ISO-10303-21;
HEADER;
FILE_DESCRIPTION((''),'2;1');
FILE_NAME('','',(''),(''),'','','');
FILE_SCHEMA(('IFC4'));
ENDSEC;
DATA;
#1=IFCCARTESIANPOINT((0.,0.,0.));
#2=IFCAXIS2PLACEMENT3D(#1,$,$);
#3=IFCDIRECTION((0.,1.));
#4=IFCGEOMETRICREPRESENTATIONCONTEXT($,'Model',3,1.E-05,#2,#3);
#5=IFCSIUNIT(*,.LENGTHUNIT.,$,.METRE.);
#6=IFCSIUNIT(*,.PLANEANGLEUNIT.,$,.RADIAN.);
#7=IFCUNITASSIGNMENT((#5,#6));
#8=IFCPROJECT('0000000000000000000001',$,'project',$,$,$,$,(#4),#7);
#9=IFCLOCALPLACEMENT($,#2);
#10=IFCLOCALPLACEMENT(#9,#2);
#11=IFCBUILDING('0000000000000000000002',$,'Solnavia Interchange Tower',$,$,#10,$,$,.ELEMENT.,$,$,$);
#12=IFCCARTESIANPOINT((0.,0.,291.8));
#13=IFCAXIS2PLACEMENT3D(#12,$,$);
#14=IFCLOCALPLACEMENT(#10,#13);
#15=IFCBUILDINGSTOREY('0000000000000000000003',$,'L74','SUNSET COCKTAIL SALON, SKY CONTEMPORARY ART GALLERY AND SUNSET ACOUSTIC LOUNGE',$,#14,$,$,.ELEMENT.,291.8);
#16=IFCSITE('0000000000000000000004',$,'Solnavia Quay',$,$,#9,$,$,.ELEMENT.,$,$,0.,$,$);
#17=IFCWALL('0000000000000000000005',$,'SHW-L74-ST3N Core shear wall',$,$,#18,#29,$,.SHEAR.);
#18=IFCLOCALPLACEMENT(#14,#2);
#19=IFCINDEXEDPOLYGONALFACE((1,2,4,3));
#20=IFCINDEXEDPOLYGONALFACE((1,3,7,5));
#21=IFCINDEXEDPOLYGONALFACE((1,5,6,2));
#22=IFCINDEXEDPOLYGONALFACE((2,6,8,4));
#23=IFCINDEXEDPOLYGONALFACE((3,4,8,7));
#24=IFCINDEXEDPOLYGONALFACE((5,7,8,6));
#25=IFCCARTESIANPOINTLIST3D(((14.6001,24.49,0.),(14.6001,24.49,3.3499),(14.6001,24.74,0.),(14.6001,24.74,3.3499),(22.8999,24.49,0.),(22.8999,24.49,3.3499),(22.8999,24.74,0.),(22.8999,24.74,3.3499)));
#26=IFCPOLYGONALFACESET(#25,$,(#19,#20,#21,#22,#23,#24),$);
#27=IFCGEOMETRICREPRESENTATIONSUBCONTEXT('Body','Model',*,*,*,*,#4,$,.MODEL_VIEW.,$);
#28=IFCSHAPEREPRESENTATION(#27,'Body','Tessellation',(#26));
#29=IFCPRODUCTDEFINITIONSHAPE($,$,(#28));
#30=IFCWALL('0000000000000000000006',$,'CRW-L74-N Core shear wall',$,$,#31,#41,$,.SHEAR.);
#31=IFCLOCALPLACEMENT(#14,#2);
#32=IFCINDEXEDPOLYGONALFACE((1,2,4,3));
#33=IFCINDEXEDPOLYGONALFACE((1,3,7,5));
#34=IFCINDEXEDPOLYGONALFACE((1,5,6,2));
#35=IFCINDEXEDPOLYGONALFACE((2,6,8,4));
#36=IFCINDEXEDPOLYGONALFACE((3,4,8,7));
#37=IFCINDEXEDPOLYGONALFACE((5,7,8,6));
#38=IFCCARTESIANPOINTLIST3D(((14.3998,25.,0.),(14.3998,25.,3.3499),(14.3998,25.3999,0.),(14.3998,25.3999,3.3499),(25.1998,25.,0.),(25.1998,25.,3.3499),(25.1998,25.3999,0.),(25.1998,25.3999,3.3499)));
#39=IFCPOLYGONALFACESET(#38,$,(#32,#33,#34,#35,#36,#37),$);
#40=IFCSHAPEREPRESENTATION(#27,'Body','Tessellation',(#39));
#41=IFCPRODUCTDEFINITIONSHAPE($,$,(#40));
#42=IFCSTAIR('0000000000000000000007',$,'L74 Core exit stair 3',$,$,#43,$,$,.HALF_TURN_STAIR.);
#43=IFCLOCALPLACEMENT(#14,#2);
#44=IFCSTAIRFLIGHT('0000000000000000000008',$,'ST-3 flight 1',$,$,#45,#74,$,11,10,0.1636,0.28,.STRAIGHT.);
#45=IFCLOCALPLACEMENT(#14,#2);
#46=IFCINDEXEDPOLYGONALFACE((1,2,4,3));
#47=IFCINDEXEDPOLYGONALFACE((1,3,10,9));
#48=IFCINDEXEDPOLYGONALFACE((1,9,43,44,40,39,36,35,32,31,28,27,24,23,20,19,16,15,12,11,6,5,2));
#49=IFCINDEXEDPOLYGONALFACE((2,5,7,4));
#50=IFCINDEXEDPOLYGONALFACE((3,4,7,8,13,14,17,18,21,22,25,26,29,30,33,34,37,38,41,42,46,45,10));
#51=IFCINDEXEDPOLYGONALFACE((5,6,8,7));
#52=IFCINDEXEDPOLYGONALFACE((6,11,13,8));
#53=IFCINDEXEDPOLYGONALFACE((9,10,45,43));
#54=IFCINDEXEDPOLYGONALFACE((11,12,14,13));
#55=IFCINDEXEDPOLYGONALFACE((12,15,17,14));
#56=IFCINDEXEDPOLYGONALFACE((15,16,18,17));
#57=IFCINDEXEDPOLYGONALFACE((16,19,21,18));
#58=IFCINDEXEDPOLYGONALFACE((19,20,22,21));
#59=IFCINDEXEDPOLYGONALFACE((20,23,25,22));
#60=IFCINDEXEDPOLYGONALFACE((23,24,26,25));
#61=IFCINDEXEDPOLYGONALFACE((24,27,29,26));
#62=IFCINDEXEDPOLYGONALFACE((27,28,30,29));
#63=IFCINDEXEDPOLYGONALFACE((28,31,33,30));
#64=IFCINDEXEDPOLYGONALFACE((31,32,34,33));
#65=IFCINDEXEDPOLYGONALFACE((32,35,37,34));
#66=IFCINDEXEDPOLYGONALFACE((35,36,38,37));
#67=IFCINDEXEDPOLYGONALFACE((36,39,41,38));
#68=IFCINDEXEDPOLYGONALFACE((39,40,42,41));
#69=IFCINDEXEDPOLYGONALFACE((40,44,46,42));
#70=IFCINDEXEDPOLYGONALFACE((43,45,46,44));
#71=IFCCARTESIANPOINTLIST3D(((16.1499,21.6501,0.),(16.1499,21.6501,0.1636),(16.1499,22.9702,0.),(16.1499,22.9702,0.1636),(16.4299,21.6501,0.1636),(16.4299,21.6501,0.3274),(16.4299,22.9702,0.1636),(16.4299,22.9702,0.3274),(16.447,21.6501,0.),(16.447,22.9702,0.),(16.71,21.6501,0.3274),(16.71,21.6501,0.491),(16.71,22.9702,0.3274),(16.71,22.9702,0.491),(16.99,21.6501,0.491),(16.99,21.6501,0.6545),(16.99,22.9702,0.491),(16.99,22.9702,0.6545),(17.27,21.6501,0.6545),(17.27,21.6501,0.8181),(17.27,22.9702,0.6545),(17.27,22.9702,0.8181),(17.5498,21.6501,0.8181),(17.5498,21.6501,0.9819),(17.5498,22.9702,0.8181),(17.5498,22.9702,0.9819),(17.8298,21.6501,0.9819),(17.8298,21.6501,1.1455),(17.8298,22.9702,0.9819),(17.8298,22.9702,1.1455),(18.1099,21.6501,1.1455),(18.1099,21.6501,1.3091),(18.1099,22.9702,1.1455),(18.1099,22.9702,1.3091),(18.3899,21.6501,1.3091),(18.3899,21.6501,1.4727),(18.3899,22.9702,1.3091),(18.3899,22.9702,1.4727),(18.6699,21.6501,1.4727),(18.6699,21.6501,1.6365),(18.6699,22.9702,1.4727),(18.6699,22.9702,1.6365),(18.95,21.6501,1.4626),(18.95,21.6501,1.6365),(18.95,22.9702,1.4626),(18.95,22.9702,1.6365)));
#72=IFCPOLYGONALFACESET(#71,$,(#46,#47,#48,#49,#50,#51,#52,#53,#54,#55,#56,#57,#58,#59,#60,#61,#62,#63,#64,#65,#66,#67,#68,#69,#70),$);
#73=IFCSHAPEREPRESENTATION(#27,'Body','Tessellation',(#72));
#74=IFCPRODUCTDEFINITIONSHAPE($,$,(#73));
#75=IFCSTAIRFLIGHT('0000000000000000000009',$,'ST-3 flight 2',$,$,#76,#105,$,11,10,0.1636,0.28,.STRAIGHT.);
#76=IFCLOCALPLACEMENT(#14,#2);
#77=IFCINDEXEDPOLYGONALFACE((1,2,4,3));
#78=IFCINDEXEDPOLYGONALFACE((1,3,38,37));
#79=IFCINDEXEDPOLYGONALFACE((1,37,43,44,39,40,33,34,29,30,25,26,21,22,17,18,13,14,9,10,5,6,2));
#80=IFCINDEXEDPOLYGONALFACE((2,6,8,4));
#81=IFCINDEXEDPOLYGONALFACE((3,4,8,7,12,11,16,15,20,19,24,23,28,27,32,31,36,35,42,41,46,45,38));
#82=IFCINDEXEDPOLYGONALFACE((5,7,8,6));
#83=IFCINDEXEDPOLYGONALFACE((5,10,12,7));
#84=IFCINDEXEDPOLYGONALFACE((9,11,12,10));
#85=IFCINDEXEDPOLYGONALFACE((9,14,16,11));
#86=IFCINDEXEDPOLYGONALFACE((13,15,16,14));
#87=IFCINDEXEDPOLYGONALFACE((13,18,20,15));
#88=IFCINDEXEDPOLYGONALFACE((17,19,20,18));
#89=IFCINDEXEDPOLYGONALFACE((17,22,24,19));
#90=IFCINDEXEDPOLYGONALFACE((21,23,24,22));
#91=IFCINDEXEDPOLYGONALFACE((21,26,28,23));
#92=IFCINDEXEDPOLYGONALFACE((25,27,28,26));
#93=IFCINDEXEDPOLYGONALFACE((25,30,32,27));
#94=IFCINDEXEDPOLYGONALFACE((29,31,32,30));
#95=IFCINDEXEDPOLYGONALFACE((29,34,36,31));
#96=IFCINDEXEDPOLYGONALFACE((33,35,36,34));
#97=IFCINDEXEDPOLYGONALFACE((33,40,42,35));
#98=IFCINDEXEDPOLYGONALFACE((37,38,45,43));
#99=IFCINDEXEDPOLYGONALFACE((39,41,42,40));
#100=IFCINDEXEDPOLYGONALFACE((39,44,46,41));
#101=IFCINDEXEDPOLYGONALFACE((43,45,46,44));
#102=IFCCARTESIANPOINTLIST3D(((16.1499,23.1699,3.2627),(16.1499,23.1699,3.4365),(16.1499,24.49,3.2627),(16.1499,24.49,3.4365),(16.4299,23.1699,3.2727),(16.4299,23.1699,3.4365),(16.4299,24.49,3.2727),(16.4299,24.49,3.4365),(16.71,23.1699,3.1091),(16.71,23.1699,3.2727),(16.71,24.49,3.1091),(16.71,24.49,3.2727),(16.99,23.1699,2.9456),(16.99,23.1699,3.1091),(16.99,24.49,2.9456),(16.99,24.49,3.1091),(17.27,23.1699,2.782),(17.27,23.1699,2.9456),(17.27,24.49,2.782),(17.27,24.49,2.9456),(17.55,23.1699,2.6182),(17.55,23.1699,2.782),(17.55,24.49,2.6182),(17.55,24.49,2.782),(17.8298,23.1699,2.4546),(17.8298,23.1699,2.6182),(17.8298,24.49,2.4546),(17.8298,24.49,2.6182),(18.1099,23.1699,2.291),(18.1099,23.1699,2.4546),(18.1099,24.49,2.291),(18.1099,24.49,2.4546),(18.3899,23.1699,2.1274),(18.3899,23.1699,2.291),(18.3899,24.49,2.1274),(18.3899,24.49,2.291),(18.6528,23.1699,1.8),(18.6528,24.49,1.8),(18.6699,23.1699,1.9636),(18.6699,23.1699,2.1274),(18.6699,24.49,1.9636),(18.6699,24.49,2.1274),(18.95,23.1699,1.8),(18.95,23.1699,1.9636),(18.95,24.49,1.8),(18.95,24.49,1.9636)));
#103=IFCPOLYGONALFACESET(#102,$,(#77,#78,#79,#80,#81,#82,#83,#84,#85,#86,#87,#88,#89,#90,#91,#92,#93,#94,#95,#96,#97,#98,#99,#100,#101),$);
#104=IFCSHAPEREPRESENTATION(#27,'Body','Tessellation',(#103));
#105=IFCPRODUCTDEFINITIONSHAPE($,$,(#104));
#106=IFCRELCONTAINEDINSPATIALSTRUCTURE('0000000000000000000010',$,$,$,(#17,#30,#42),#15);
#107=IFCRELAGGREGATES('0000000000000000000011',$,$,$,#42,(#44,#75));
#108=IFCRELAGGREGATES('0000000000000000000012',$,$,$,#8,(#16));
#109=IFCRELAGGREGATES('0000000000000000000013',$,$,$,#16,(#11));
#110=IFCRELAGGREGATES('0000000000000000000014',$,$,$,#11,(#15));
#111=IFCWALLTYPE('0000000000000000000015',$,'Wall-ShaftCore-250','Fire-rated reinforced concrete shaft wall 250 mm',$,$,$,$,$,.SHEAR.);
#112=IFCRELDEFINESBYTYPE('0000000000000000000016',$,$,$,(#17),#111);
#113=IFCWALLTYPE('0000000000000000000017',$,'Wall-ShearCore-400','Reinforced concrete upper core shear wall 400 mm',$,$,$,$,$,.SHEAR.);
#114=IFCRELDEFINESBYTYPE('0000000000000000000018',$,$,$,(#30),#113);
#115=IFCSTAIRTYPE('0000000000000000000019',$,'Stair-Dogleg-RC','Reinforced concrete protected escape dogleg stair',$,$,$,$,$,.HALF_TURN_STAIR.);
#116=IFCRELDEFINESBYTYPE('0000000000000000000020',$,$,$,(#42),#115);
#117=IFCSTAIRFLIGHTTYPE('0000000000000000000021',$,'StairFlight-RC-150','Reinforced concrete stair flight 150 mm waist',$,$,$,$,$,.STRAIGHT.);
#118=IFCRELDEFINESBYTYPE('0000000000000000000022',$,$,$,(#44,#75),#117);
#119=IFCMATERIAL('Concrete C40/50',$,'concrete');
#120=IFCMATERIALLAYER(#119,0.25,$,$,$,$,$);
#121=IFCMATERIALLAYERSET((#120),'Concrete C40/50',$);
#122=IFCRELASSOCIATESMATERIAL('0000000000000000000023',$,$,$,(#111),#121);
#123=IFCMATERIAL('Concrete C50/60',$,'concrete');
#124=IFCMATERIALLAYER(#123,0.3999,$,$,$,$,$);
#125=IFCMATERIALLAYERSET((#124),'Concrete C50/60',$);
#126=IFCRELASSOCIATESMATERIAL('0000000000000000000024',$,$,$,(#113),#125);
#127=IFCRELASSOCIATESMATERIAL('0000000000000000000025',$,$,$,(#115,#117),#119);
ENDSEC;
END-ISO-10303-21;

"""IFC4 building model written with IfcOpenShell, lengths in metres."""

from ifc_helpers import new_model, si_unit, direction, frame, frame_2d, origin, place, context, subcontext, project, spatial, polyline, rectangle, outline, extrude, material, layer, layer_set, type_object, element, aggregate, save


model = new_model("IFC4")

# Units and contexts
model_context = context("Model", 3, precision=1e-05, world=origin(), true_north=direction((0.0, 1.0)))
body_context = subcontext(model_context, "Body", "Model", "MODEL_VIEW")
ifc_project = project(units=[si_unit("LENGTHUNIT", "METRE"), si_unit("PLANEANGLEUNIT", "RADIAN")], contexts=[model_context])

# Site, building, storey
site_placement = place(None, origin())
site = spatial("IfcSite", under=ifc_project, at=site_placement, Name="Solnavia Quay", CompositionType="ELEMENT", RefElevation=0.0)
building_placement = place(site_placement, origin())
building = spatial("IfcBuilding", under=site, at=building_placement, Name="Solnavia Interchange Tower", CompositionType="ELEMENT")
storey_placement = place(building_placement, frame((0.0, 0.0, 291.8)))
storey = spatial("IfcBuildingStorey", under=building, at=storey_placement, Name="L74", Description="SUNSET COCKTAIL SALON, SKY CONTEMPORARY ART GALLERY AND SUNSET ACOUSTIC LOUNGE", CompositionType="ELEMENT", Elevation=291.8)

# Shared definitions
ifc_material_1 = material(Name="Concrete C50/60", Category="concrete")

# Walls
ifc_material_2 = material(Name="Concrete C40/50", Category="concrete")
ifc_layer_1 = layer(ifc_material_2, 0.25)
ifc_layer_set_1 = layer_set([ifc_layer_1], Name="Concrete C40/50")
wall_type_1 = type_object("IfcWallType", Name="Wall-ShaftCore-250", Description="Fire-rated reinforced concrete shaft wall 250 mm", PredefinedType="SHEAR", material=ifc_layer_set_1)
for number, where, z_axis, x_axis, name in (
    (1, (14.6001, 24.615, 0.0), (0.0, 0.0, 1.0), (1.0, 0.0, 0.0), "SHW-L74-ST3N Core shear wall"),
):
    element("IfcWall", number, at=place(storey_placement, frame(where, z_axis=z_axis, x_axis=x_axis)), inside=storey, type_object=wall_type_1, Name=name, PredefinedType="SHEAR", context=body_context, shape_type="SweptSolid", body=[
        extrude(rectangle(XDim=8.2998, YDim=0.25, at=frame_2d((4.1499, 0.0))), origin(), (0.0, 0.0, 1.0), 3.3499),
    ])
ifc_layer_2 = layer(ifc_material_1, 0.3999)
ifc_layer_set_2 = layer_set([ifc_layer_2], Name="Concrete C50/60")
wall_type_2 = type_object("IfcWallType", Name="Wall-ShearCore-400", Description="Reinforced concrete upper core shear wall 400 mm", PredefinedType="SHEAR", material=ifc_layer_set_2)
wall_1_placement = place(storey_placement, frame((14.3999, 25.2, 0.0), z_axis=(0.0, 0.0, 1.0), x_axis=(1.0, 0.0, 0.0)))
element("IfcWall", 2, at=wall_1_placement, inside=storey, type_object=wall_type_2, Name="CRW-L74-N Core shear wall", PredefinedType="SHEAR", context=body_context, shape_type="SweptSolid", body=[
    extrude(rectangle(XDim=10.8, YDim=0.3999, at=frame_2d((5.3999, 0.0))), origin(), (0.0, 0.0, 1.0), 3.3499),
])

# Stair, stair flights
stair_type = type_object("IfcStairType", Name="Stair-Dogleg-RC", Description="Reinforced concrete protected escape dogleg stair", PredefinedType="HALF_TURN_STAIR", material=ifc_material_2)
stair_placement = place(storey_placement, origin())
stair = element("IfcStair", 3, at=stair_placement, inside=storey, type_object=stair_type, Name="L74 Core exit stair 3", PredefinedType="HALF_TURN_STAIR")
stair_flight_type = type_object("IfcStairFlightType", Name="StairFlight-RC-150", Description="Reinforced concrete stair flight 150 mm waist", PredefinedType="STRAIGHT", material=ifc_material_2)
stair_flight_1_placement = place(storey_placement, frame((16.1499, 22.3101, 0.0), z_axis=(0.0, 0.0, 1.0), x_axis=(1.0, 0.0, 0.0)))
stair_flight_1 = element("IfcStairFlight", 4, at=stair_flight_1_placement, type_object=stair_flight_type, Name="ST-3 flight 1", NumberOfRisers=11, NumberOfTreads=10, PredefinedType="STRAIGHT", RiserHeight=0.1636, TreadLength=0.28, context=body_context, shape_type="SweptSolid", body=[
    extrude(outline(polyline([(0.0, 0.0), (0.0, 0.1636), (0.28, 0.1636), (0.28, 0.3274), (0.5601, 0.3274), (0.5601, 0.491), (0.8401, 0.491), (0.8401, 0.6545), (1.1201, 0.6545), (1.1201, 0.8181), (1.3999, 0.8181), (1.3999, 0.9819), (1.6799, 0.9819), (1.6799, 1.1455), (1.96, 1.1455), (1.96, 1.3091), (2.24, 1.3091), (2.24, 1.4727), (2.52, 1.4727), (2.52, 1.6365), (2.8, 1.6365), (2.8, 1.8), (2.8, 1.4626), (0.2971, 0.0), (0.0, 0.0)])), frame((0.0, 0.6602, 0.0), z_axis=(0.0, -1.0, 0.0), x_axis=(1.0, 0.0, 0.0)), (0.0, 0.0, 1.0), 1.3201),
])
stair_flight_2_placement = place(storey_placement, frame((18.95, 23.8301, 1.8), z_axis=(0.0, 0.0, 1.0), x_axis=(-1.0, 0.0, 0.0)))
stair_flight_2 = element("IfcStairFlight", 5, at=stair_flight_2_placement, type_object=stair_flight_type, Name="ST-3 flight 2", NumberOfRisers=11, NumberOfTreads=10, PredefinedType="STRAIGHT", RiserHeight=0.1636, TreadLength=0.28, context=body_context, shape_type="SweptSolid", body=[
    extrude(outline(polyline([(0.0, 0.0), (0.0, 0.1636), (0.28, 0.1636), (0.28, 0.3274), (0.5601, 0.3274), (0.5601, 0.491), (0.8401, 0.491), (0.8401, 0.6545), (1.1201, 0.6545), (1.1201, 0.8181), (1.3999, 0.8181), (1.3999, 0.9819), (1.6799, 0.9819), (1.6799, 1.1455), (1.96, 1.1455), (1.96, 1.3091), (2.24, 1.3091), (2.24, 1.4727), (2.52, 1.4727), (2.52, 1.6365), (2.8, 1.6365), (2.8, 1.8), (2.8, 1.4626), (0.2971, 0.0), (0.0, 0.0)])), frame((0.0, 0.6602, 0.0), z_axis=(0.0, -1.0, 0.0), x_axis=(1.0, 0.0, 0.0)), (0.0, 0.0, 1.0), 1.3201),
])
aggregate(stair, [stair_flight_1, stair_flight_2])

save(model, "model.ifc")
